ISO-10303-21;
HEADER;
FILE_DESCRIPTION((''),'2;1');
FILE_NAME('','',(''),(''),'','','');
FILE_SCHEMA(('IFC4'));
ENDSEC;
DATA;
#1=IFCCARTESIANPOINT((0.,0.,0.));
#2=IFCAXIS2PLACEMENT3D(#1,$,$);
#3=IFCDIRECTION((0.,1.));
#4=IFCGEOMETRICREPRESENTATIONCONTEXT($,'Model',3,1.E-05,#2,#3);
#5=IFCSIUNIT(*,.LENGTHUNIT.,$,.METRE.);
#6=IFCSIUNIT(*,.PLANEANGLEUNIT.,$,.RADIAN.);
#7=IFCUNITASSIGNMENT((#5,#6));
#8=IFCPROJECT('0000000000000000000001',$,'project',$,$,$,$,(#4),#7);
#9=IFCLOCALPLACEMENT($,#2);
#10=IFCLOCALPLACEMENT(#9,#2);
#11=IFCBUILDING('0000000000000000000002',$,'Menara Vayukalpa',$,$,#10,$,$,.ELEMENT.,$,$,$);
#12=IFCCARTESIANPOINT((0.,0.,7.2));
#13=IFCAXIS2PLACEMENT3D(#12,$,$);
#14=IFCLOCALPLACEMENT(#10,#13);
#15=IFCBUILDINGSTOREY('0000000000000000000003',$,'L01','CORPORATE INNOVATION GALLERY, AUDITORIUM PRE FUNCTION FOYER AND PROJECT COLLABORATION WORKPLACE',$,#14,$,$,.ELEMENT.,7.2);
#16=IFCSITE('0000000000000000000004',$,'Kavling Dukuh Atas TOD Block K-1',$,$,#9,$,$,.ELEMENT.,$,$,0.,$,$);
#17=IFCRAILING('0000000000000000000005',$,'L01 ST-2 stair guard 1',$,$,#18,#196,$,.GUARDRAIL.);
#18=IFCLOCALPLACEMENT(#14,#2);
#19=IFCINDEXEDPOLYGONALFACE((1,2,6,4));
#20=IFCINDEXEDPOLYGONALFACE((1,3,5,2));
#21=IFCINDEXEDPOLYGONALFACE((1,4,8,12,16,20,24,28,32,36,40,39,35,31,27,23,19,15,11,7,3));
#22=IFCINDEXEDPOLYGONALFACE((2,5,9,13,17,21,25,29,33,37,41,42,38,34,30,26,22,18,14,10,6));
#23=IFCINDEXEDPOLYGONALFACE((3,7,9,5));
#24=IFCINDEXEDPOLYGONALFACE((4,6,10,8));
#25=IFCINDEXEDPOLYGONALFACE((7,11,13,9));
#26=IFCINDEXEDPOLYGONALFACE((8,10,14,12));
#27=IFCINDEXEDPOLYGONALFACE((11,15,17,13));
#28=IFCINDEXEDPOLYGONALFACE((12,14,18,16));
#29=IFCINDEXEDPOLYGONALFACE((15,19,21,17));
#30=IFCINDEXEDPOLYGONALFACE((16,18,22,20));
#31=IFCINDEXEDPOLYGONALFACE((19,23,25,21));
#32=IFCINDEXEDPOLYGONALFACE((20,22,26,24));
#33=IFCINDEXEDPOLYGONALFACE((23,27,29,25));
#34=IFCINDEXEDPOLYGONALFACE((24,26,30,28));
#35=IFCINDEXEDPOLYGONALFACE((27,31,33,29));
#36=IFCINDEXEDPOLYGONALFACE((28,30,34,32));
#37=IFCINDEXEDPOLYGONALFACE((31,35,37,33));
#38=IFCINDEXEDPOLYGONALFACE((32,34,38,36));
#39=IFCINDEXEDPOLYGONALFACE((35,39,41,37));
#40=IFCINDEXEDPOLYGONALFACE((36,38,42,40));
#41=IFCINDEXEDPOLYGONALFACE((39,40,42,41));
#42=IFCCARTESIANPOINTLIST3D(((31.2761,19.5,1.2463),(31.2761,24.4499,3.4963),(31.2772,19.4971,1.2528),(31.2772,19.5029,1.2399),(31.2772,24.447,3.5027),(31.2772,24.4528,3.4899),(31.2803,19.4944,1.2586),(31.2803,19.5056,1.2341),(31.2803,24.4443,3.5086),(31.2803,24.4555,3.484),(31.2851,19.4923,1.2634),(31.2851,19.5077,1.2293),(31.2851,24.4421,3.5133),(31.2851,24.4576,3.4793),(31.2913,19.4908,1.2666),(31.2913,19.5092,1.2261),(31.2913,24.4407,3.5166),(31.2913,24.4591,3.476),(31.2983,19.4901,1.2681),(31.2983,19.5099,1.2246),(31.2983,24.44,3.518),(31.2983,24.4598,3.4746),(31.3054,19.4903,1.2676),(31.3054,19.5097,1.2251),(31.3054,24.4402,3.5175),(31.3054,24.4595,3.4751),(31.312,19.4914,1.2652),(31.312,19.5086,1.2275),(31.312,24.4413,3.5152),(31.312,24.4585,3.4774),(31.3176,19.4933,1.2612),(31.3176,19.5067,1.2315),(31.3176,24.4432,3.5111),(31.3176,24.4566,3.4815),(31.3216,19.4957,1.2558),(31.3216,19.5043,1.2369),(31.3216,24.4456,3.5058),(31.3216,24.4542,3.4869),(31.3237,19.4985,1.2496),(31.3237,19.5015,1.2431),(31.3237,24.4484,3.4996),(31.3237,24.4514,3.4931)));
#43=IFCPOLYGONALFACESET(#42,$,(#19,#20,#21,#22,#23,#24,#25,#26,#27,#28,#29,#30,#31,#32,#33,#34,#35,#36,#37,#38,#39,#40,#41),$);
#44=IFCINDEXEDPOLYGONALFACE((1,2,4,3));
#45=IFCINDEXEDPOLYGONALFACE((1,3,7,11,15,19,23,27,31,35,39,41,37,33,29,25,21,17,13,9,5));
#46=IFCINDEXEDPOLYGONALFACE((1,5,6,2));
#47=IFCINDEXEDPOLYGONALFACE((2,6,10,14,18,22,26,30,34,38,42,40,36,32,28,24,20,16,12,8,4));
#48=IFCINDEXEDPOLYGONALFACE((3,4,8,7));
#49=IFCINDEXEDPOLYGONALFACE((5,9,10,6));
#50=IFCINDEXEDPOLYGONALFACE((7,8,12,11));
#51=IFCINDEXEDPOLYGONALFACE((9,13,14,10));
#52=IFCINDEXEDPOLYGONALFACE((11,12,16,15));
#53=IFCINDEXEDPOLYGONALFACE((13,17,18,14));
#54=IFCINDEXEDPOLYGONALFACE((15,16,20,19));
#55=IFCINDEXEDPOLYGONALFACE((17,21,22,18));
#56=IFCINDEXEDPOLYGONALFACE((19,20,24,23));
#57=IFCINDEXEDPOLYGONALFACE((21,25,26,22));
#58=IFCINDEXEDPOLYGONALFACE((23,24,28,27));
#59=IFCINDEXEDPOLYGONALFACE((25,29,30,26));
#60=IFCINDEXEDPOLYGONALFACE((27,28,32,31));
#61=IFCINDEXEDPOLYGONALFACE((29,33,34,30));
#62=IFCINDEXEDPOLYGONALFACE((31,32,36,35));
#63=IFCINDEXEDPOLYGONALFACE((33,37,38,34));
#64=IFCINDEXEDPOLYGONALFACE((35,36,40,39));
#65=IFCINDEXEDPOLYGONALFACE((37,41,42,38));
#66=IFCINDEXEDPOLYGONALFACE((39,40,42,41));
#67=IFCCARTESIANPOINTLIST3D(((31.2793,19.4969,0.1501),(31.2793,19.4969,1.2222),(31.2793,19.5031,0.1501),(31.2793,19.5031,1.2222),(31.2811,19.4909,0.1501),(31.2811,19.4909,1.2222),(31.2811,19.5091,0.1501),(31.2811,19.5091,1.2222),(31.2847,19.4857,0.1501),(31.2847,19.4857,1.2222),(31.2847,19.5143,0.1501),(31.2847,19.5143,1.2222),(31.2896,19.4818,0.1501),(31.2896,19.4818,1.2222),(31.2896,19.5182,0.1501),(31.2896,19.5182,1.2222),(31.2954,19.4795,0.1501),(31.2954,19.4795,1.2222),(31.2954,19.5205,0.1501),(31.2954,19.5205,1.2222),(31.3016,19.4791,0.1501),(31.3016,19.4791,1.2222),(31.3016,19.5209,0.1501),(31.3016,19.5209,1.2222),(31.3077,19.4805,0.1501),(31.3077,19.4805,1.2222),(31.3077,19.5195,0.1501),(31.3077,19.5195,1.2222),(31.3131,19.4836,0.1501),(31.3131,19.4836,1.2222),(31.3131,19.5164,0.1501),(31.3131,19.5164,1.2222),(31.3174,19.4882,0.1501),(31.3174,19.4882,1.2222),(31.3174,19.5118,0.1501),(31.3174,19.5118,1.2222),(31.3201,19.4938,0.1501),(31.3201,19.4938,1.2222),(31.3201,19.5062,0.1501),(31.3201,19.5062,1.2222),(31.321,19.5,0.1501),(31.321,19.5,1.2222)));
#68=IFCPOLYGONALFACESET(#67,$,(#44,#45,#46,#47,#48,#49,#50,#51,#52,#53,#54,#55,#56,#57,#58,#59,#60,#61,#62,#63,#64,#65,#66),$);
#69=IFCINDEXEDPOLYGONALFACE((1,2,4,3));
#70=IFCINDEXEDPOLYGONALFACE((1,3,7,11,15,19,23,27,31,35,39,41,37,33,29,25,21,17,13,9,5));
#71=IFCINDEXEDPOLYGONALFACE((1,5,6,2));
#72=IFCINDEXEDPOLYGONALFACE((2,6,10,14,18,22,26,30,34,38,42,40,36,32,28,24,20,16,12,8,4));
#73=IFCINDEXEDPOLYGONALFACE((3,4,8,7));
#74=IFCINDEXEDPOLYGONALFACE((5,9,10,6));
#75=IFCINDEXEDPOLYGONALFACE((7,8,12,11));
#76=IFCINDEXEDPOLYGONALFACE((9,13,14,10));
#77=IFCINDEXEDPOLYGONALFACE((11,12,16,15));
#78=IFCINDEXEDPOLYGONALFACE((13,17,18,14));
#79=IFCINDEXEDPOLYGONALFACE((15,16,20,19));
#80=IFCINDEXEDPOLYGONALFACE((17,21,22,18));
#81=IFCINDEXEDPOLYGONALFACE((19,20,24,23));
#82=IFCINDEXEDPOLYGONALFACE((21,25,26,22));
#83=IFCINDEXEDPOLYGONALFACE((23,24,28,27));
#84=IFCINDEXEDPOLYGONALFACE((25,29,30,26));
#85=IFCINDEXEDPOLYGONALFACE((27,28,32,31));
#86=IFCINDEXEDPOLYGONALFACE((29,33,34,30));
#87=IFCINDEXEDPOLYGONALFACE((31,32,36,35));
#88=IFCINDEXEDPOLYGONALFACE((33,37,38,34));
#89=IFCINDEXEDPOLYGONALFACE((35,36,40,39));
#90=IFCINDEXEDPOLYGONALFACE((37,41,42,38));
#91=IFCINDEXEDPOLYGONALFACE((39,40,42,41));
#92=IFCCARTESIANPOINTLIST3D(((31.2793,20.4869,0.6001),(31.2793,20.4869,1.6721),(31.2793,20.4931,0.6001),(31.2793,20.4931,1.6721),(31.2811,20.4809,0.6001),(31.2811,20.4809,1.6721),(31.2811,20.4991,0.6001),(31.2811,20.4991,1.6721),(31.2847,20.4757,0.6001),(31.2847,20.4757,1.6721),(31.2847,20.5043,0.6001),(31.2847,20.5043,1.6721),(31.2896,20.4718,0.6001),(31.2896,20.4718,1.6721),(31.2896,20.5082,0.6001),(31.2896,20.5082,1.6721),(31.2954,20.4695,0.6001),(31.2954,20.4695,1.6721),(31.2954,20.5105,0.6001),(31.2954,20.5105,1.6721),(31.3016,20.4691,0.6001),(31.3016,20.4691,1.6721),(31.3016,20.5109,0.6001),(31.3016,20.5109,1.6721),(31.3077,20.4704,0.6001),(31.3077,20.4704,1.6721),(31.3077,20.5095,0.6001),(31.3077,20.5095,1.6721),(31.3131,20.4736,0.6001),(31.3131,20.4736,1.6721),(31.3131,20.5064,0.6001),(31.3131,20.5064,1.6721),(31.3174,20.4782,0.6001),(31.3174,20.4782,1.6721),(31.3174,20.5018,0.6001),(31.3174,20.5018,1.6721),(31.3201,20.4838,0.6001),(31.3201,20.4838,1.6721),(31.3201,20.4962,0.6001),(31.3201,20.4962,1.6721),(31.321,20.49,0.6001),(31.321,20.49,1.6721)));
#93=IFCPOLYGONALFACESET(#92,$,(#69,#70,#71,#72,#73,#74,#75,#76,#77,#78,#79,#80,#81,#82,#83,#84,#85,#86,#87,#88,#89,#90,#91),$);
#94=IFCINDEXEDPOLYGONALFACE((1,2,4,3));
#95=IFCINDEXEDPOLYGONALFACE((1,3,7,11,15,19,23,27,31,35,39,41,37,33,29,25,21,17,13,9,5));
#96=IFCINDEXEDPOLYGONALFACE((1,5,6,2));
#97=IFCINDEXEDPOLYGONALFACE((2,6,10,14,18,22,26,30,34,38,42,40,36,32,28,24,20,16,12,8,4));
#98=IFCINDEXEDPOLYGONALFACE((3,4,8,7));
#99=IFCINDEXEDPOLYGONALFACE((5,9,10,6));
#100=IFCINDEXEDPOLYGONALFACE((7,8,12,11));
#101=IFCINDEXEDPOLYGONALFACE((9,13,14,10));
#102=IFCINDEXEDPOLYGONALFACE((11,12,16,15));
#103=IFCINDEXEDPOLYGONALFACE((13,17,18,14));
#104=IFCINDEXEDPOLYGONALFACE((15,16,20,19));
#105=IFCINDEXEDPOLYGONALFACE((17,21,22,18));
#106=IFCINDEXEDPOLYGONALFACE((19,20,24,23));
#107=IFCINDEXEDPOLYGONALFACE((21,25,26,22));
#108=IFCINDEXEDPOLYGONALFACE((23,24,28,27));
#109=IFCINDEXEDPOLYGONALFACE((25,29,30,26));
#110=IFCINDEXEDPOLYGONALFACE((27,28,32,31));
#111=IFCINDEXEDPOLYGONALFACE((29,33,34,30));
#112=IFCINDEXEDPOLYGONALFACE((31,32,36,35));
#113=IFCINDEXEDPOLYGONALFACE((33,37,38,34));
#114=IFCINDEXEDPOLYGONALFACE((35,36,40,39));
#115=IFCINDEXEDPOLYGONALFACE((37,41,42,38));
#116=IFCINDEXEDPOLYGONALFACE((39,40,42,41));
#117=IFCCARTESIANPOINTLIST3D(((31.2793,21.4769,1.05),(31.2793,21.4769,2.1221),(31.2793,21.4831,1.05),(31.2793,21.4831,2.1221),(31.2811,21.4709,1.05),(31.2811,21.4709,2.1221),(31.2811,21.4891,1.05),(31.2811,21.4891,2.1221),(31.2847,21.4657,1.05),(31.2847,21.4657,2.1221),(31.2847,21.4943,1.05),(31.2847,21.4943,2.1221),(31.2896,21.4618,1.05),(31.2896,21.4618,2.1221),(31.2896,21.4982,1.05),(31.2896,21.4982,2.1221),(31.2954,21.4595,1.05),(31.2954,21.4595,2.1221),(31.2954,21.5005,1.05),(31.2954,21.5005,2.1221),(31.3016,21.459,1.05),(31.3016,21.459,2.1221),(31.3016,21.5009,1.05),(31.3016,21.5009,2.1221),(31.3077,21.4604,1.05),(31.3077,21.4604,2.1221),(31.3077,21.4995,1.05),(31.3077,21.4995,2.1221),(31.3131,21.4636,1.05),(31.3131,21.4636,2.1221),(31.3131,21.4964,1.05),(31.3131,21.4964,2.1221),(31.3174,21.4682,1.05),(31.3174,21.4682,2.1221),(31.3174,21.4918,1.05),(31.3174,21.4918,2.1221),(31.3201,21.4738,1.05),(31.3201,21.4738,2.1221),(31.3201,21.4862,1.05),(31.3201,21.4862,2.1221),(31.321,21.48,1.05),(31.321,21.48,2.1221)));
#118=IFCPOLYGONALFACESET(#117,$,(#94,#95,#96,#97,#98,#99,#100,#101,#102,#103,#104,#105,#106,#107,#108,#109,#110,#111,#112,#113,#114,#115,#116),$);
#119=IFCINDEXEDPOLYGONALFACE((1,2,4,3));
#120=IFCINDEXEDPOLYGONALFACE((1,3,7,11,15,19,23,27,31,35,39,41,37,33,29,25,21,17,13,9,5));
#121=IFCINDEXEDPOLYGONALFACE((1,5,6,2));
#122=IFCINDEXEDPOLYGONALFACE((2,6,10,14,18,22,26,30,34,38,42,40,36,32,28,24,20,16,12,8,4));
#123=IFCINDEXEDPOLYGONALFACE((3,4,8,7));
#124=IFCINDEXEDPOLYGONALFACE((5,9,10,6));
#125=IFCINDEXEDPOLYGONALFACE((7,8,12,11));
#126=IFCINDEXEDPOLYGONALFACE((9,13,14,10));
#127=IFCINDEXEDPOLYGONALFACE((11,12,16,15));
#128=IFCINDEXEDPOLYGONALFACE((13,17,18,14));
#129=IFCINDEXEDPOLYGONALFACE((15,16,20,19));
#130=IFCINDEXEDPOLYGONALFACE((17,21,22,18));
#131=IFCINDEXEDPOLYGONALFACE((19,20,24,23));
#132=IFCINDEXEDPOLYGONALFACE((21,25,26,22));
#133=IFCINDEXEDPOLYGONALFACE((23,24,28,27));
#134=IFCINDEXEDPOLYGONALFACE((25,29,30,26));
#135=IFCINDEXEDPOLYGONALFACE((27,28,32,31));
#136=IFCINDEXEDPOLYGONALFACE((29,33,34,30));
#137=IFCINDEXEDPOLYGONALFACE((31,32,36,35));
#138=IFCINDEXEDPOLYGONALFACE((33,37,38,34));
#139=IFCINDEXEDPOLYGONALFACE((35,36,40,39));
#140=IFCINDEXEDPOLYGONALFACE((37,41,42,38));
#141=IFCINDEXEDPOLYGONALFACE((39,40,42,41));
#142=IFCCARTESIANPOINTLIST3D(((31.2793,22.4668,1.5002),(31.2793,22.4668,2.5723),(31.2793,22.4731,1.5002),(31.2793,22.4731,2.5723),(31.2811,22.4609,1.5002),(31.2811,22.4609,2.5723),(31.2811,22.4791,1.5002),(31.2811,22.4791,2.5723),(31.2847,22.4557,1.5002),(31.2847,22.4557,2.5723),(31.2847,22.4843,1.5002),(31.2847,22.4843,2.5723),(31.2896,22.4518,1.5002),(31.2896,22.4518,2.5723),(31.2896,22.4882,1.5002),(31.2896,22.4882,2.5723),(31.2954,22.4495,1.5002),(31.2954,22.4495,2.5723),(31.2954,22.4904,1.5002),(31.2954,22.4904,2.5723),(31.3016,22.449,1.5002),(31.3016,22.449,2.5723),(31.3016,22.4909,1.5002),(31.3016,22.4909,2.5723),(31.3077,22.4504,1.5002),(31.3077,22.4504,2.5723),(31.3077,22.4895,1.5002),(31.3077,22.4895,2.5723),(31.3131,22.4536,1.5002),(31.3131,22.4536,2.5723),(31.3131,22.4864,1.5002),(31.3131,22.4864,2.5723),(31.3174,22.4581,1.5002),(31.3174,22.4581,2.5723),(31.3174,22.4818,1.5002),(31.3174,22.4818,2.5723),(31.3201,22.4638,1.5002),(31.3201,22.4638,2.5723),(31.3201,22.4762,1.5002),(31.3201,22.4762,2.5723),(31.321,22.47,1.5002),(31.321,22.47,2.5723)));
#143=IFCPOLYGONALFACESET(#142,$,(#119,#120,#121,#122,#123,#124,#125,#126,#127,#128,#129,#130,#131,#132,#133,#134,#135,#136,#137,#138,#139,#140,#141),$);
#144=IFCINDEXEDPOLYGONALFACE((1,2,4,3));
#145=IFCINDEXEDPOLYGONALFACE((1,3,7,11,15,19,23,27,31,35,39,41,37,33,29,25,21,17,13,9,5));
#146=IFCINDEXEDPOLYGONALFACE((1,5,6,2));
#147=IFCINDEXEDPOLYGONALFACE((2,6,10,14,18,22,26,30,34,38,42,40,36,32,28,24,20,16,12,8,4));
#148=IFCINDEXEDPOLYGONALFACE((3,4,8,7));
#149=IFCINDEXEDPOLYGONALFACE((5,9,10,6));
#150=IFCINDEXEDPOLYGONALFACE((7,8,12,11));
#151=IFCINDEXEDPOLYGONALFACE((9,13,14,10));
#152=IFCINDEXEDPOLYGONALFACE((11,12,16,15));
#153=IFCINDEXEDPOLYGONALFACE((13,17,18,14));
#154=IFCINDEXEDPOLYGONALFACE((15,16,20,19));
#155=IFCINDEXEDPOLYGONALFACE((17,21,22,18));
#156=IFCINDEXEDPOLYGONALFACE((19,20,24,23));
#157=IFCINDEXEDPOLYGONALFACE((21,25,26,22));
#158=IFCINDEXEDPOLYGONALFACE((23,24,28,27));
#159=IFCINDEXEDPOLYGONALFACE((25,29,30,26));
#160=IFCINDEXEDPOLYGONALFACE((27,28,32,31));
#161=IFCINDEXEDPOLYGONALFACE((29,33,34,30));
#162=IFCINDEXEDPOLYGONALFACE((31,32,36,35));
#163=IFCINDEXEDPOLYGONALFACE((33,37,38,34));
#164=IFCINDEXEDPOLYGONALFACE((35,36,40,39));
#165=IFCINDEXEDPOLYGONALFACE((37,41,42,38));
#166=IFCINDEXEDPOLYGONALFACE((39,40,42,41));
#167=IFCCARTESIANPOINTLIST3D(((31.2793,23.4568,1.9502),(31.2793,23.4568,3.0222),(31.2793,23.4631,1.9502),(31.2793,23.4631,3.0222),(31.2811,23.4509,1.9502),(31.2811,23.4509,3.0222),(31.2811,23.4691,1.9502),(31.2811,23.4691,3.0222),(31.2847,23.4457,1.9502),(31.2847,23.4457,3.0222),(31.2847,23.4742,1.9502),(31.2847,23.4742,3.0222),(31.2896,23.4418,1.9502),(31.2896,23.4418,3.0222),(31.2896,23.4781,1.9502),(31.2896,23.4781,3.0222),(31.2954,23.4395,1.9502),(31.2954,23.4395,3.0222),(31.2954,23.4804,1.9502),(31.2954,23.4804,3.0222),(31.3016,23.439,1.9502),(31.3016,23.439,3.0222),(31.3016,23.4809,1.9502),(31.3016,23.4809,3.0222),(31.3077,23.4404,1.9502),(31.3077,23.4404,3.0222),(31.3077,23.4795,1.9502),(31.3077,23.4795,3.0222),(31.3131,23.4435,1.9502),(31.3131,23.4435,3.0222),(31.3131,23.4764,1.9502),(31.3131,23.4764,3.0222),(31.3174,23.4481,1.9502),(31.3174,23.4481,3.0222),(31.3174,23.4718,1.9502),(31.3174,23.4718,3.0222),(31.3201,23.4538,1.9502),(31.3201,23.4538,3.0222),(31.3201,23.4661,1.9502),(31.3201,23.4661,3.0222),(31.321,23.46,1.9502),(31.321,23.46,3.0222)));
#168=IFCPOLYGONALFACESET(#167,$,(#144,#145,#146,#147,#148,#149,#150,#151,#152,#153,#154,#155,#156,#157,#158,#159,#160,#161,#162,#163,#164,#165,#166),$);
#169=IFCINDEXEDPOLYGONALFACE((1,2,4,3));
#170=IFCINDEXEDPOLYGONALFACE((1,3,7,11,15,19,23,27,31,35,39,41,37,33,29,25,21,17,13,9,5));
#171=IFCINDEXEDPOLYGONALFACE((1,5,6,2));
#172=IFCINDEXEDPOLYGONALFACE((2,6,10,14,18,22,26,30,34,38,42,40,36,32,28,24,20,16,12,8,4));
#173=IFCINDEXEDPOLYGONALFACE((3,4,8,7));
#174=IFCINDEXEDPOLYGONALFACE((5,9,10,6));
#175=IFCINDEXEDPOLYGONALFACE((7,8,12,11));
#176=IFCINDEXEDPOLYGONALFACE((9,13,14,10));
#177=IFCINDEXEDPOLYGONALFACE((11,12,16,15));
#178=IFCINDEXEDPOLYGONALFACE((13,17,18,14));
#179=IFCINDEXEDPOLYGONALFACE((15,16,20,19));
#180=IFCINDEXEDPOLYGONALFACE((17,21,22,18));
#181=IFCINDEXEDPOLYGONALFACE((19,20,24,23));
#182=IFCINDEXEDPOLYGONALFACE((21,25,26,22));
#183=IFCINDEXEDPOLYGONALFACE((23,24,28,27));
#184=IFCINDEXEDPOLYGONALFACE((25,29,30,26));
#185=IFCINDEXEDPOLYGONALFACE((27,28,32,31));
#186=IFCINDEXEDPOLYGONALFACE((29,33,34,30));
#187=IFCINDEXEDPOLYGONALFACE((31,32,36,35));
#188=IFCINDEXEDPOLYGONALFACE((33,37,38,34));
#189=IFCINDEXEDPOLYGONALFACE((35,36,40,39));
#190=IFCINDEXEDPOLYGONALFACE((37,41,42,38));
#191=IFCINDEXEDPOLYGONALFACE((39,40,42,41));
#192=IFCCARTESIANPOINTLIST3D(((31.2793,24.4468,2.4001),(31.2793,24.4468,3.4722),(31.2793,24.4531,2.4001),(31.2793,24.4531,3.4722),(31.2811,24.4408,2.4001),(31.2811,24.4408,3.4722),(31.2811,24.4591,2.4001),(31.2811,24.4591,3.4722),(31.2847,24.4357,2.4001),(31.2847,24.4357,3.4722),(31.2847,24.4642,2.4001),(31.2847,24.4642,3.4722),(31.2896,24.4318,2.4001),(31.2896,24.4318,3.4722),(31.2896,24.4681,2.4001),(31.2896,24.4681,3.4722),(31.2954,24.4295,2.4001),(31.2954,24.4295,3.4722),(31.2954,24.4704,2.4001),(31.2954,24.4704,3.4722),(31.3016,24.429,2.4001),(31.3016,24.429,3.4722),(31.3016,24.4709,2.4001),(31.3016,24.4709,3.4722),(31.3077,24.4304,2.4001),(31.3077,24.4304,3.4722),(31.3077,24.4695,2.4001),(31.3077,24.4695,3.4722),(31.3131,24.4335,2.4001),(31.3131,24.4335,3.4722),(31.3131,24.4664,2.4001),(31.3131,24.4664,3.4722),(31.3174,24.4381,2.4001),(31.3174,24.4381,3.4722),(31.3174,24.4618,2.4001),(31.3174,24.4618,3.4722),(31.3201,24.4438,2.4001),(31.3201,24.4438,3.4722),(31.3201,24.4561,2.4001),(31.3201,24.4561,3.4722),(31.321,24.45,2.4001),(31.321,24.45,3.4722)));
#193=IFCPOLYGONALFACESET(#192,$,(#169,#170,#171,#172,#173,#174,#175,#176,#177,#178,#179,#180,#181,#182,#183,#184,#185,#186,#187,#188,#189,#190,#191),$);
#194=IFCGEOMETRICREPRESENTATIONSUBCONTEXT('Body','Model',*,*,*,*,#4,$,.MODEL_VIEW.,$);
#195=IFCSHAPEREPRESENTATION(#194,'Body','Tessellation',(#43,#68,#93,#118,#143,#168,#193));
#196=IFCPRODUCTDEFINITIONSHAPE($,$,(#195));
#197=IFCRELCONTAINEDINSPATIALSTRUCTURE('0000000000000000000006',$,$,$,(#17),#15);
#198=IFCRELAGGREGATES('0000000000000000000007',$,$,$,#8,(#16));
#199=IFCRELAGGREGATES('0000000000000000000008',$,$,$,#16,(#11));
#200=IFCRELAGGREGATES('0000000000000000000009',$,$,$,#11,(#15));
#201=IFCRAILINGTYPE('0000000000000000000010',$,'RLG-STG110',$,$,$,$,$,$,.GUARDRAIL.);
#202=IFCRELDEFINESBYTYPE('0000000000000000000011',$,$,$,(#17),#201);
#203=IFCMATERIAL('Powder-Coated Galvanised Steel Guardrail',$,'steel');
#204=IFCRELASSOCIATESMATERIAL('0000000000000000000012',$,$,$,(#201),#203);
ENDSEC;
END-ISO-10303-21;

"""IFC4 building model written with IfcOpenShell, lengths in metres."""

from ifc_helpers import new_model, si_unit, direction, frame, origin, origin_2d, place, context, subcontext, project, spatial, circle, extrude, material, type_object, element, save


model = new_model("IFC4")

# Units and contexts
model_context = context("Model", 3, precision=1e-05, world=origin(), true_north=direction((0.0, 1.0)))
body_context = subcontext(model_context, "Body", "Model", "MODEL_VIEW")
ifc_project = project(units=[si_unit("LENGTHUNIT", "METRE"), si_unit("PLANEANGLEUNIT", "RADIAN")], contexts=[model_context])

# Site, building, storey
site_placement = place(None, origin())
site = spatial("IfcSite", under=ifc_project, at=site_placement, Name="Kavling Dukuh Atas TOD Block K-1", CompositionType="ELEMENT", RefElevation=0.0)
building_placement = place(site_placement, origin())
building = spatial("IfcBuilding", under=site, at=building_placement, Name="Menara Vayukalpa", CompositionType="ELEMENT")
storey_placement = place(building_placement, frame((0.0, 0.0, 7.2)))
storey = spatial("IfcBuildingStorey", under=building, at=storey_placement, Name="L01", Description="CORPORATE INNOVATION GALLERY, AUDITORIUM PRE FUNCTION FOYER AND PROJECT COLLABORATION WORKPLACE", CompositionType="ELEMENT", Elevation=7.2)

# Railing
ifc_material_1 = material(Name="Powder-Coated Galvanised Steel Guardrail", Category="steel")
railing_type = type_object("IfcRailingType", Name="RLG-STG110", PredefinedType="GUARDRAIL", material=ifc_material_1)
railing_placement = place(storey_placement, frame((31.3, 19.5, 0.1501)))
element("IfcRailing", 1, at=railing_placement, inside=storey, type_object=railing_type, Name="L01 ST-2 stair guard 1", PredefinedType="GUARDRAIL", context=body_context, shape_type="SweptSolid", body=[
    extrude(circle(Radius=0.0239, at=origin_2d()), frame((0.0, 0.0, 1.0962), z_axis=(0.0, 0.910365, 0.413806), x_axis=(-1.0, 0.0, 0.0)), (0.0, 0.0, 1.0), 5.4373),
    extrude(circle(Radius=0.021, at=origin_2d()), origin(), (0.0, 0.0, 1.0), 1.072),
    extrude(circle(Radius=0.021, at=origin_2d()), frame((0.0, 0.99, 0.45)), (0.0, 0.0, 1.0), 1.072),
    extrude(circle(Radius=0.021, at=origin_2d()), frame((0.0, 1.98, 0.8999)), (0.0, 0.0, 1.0), 1.072),
    extrude(circle(Radius=0.021, at=origin_2d()), frame((0.0, 2.97, 1.3501)), (0.0, 0.0, 1.0), 1.072),
    extrude(circle(Radius=0.021, at=origin_2d()), frame((0.0, 3.96, 1.8)), (0.0, 0.0, 1.0), 1.072),
    extrude(circle(Radius=0.021, at=origin_2d()), frame((0.0, 4.95, 2.25)), (0.0, 0.0, 1.0), 1.072),
])

save(model, "model.ifc")
